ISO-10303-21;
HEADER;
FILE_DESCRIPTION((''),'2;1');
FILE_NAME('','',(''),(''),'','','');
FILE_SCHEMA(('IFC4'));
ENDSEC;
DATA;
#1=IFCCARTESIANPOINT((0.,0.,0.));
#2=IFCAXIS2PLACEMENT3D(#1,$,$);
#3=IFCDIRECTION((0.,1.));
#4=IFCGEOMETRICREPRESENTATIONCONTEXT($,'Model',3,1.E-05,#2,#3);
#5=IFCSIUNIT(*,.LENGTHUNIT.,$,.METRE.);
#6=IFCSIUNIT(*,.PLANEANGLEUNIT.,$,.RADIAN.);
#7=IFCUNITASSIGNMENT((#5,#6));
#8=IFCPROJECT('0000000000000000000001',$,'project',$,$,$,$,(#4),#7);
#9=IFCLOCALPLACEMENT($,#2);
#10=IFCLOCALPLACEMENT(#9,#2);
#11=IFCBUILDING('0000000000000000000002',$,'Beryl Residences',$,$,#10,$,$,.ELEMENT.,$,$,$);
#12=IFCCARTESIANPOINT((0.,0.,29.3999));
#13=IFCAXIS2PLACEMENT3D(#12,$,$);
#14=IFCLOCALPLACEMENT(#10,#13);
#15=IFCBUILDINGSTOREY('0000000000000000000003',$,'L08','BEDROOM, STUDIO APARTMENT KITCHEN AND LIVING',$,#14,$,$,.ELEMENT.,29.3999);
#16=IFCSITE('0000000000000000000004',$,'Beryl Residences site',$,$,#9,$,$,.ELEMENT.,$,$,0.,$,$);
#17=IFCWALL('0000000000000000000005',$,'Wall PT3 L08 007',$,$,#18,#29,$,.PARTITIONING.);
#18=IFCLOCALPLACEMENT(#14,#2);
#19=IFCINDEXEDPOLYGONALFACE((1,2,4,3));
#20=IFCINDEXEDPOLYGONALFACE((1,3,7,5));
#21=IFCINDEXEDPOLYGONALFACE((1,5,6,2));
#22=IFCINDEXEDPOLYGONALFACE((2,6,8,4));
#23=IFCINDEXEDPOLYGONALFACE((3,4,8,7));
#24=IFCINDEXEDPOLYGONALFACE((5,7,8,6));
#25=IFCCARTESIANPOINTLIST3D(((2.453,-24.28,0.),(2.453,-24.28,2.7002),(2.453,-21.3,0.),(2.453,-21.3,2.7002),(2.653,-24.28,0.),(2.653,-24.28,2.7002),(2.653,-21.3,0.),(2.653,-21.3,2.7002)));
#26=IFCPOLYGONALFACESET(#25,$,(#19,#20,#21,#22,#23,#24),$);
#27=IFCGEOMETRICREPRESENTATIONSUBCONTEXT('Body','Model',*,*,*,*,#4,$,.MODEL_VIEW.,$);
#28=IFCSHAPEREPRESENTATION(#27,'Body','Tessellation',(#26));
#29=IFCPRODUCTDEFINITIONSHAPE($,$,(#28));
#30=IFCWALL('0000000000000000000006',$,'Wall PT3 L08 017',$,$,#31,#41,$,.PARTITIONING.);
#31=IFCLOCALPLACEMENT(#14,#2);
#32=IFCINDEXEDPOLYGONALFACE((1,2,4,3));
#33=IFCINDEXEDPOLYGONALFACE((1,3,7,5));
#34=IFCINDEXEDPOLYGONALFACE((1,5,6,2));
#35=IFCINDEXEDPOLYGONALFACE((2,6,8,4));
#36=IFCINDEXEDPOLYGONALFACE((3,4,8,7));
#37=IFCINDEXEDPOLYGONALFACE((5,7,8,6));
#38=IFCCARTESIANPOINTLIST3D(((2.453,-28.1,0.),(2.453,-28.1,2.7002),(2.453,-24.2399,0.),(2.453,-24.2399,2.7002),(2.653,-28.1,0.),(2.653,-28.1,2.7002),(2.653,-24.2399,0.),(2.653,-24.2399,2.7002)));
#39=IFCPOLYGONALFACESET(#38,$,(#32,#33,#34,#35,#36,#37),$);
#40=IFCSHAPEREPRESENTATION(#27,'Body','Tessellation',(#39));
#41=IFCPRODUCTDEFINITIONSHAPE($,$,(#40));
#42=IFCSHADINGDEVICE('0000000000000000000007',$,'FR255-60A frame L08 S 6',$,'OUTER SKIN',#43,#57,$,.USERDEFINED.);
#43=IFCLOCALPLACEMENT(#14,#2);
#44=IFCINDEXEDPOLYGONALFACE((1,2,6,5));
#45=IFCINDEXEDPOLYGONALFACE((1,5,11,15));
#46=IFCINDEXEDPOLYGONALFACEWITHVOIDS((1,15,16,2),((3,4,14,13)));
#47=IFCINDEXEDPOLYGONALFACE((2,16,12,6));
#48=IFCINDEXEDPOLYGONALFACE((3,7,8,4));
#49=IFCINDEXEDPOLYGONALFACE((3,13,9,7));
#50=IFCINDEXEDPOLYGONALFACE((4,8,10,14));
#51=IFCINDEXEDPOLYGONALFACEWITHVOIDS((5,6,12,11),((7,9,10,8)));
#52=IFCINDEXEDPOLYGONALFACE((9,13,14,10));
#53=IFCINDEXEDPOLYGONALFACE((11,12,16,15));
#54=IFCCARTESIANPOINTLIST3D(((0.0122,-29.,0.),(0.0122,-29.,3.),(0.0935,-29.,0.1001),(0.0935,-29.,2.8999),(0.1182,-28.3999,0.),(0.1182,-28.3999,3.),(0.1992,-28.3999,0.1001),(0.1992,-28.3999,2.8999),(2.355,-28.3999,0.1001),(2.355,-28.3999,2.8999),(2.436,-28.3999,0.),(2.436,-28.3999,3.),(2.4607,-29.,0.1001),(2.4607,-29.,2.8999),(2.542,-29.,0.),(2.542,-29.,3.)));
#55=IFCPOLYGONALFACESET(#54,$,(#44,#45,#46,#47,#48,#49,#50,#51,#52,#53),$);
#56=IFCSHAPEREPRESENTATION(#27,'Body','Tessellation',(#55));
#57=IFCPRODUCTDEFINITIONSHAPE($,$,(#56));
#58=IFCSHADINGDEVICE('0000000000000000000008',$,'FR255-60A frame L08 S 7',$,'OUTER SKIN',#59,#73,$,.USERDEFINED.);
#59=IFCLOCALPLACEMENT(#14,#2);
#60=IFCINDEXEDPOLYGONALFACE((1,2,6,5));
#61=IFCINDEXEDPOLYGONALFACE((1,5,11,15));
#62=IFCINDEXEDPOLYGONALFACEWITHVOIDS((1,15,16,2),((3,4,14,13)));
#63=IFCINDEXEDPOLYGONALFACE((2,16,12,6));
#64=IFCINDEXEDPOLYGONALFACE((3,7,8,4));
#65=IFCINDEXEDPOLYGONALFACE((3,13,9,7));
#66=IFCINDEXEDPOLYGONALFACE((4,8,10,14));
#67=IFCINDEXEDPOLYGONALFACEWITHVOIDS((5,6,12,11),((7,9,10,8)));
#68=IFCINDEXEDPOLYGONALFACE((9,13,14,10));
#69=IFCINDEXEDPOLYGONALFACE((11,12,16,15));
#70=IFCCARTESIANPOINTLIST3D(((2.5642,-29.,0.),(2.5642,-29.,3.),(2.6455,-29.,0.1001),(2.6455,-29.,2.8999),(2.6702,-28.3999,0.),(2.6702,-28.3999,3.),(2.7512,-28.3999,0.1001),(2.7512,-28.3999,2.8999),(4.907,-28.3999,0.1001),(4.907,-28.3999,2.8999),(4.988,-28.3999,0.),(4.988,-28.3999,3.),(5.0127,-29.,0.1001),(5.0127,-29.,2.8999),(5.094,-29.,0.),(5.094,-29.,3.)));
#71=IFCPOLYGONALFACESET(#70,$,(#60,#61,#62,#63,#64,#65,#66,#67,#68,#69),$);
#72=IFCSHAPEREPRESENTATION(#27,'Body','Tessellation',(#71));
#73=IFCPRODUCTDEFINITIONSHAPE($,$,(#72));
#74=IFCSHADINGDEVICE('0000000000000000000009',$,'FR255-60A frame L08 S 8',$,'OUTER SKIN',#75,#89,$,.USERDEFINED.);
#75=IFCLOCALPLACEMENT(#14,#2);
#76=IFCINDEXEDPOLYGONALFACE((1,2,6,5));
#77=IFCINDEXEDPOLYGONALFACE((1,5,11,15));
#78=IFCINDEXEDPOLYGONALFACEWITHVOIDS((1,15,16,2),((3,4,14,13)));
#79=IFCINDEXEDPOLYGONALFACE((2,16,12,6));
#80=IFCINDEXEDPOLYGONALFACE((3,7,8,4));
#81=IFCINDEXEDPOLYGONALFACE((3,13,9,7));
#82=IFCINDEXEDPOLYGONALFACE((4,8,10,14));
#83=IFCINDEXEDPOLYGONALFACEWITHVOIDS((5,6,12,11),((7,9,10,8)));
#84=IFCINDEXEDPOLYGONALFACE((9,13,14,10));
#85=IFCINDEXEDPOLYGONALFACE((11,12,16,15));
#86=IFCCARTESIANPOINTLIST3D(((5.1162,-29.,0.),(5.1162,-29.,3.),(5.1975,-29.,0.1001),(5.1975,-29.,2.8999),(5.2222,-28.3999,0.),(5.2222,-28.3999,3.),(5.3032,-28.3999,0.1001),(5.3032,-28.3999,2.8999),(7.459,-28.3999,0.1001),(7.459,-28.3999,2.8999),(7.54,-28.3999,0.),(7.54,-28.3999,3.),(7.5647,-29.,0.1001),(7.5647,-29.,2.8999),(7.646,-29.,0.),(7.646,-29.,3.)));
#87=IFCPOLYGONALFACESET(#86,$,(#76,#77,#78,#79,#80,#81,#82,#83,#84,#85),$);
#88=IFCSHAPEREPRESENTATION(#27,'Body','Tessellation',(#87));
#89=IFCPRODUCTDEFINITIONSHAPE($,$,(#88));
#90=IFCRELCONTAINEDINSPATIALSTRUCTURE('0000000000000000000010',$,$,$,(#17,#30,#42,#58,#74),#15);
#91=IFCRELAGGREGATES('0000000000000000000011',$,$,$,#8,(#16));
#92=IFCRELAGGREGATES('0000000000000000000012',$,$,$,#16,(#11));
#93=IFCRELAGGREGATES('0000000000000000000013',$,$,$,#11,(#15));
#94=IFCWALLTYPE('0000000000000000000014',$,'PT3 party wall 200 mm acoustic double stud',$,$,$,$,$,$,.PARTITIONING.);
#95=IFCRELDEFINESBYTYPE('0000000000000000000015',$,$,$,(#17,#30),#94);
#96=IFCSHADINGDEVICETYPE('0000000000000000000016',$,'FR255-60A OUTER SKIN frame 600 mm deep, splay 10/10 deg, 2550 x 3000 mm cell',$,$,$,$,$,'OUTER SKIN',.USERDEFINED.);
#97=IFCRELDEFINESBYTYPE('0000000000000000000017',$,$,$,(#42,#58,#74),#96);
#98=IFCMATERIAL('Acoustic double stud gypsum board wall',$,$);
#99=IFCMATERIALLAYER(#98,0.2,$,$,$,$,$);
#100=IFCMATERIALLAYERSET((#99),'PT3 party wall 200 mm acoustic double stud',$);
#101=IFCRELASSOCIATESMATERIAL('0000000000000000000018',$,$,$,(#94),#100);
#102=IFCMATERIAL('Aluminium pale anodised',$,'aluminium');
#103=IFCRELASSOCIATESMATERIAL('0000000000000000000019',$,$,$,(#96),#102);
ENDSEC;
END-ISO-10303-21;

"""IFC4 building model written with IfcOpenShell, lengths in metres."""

from ifc_helpers import new_model, entity, si_unit, direction, frame, frame_2d, origin, place, context, subcontext, project, spatial, rectangle, extrude, source, transform, mapped, material, layer, layer_set, type_object, type_shapes, element, save


model = new_model("IFC4")

# Units and contexts
model_context = context("Model", 3, precision=1e-05, world=origin(), true_north=direction((0.0, 1.0)))
body_context = subcontext(model_context, "Body", "Model", "MODEL_VIEW")
ifc_project = project(units=[si_unit("LENGTHUNIT", "METRE"), si_unit("PLANEANGLEUNIT", "RADIAN")], contexts=[model_context])

# Site, building, storey
site_placement = place(None, origin())
site = spatial("IfcSite", under=ifc_project, at=site_placement, Name="Beryl Residences site", CompositionType="ELEMENT", RefElevation=0.0)
building_placement = place(site_placement, origin())
building = spatial("IfcBuilding", under=site, at=building_placement, Name="Beryl Residences", CompositionType="ELEMENT")
storey_placement = place(building_placement, frame((0.0, 0.0, 29.3999)))
storey = spatial("IfcBuildingStorey", under=building, at=storey_placement, Name="L08", Description="BEDROOM, STUDIO APARTMENT KITCHEN AND LIVING", CompositionType="ELEMENT", Elevation=29.3999)

# Walls
ifc_material_1 = material(Name="Acoustic double stud gypsum board wall")
ifc_layer_1 = layer(ifc_material_1, 0.2)
ifc_layer_set_1 = layer_set([ifc_layer_1], Name="PT3 party wall 200 mm acoustic double stud")
wall_type_1 = type_object("IfcWallType", Name="PT3 party wall 200 mm acoustic double stud", PredefinedType="PARTITIONING", material=ifc_layer_set_1)
wall_1_placement = place(storey_placement, frame((2.553, -21.3, 0.0), z_axis=(0.0, 0.0, 1.0), x_axis=(0.0, -1.0, 0.0)))
element("IfcWall", 1, at=wall_1_placement, inside=storey, type_object=wall_type_1, Name="Wall PT3 L08 007", PredefinedType="PARTITIONING", context=body_context, shape_type="SweptSolid", body=[
    extrude(rectangle(XDim=2.98, YDim=0.2, at=frame_2d((1.49, 0.0))), origin(), (0.0, 0.0, 1.0), 2.7002),
])
wall_2_placement = place(storey_placement, frame((2.553, -28.1001, 0.0), z_axis=(0.0, 0.0, 1.0), x_axis=(0.0, 1.0, 0.0)))
element("IfcWall", 2, at=wall_2_placement, inside=storey, type_object=wall_type_1, Name="Wall PT3 L08 017", PredefinedType="PARTITIONING", context=body_context, shape_type="SweptSolid", body=[
    extrude(rectangle(XDim=3.8601, YDim=0.2, at=frame_2d((1.9302, 0.0))), origin(), (0.0, 0.0, 1.0), 2.7002),
])

# Shading devices
ifc_material_2 = material(Name="Aluminium pale anodised", Category="aluminium")
shading_device_type = type_object("IfcShadingDeviceType", Name="FR255-60A OUTER SKIN frame 600 mm deep, splay 10/10 deg, 2550 x 3000 mm cell", ElementType="OUTER SKIN", PredefinedType="USERDEFINED", material=ifc_material_2)
cartesian_point_1 = entity("IfcCartesianPoint", [-1.1589, 0.0])
cartesian_point_2 = entity("IfcCartesianPoint", [-1.0779, 0.1001])
cartesian_point_3 = entity("IfcCartesianPoint", [-1.2649, 0.0])
cartesian_point_4 = entity("IfcCartesianPoint", [-1.1836, 0.1001])
shared_shape = source(origin(), body_context, "Body", "SweptSolid", [
    entity("IfcExtrudedAreaSolidTapered", entity("IfcArbitraryProfileDefWithVoids", "AREA", None, entity("IfcPolyline", [cartesian_point_1, entity("IfcCartesianPoint", [1.1589, 0.0]), entity("IfcCartesianPoint", [1.1589, 3.0]), entity("IfcCartesianPoint", [-1.1589, 3.0]), cartesian_point_1]), [entity("IfcPolyline", [cartesian_point_2, entity("IfcCartesianPoint", [1.0779, 0.1001]), entity("IfcCartesianPoint", [1.0779, 2.8999]), entity("IfcCartesianPoint", [-1.0779, 2.8999]), cartesian_point_2])]), entity("IfcAxis2Placement3D", entity("IfcCartesianPoint", [0.0, 0.0, 0.0]), entity("IfcDirection", [0.0, 1.0, 0.0]), entity("IfcDirection", [-1.0, 0.0, 0.0])), entity("IfcDirection", [0.0, 0.0, 1.0]), 0.6001, entity("IfcArbitraryProfileDefWithVoids", "AREA", None, entity("IfcPolyline", [cartesian_point_3, entity("IfcCartesianPoint", [1.2649, 0.0]), entity("IfcCartesianPoint", [1.2649, 3.0]), entity("IfcCartesianPoint", [-1.2649, 3.0]), cartesian_point_3]), [entity("IfcPolyline", [cartesian_point_4, entity("IfcCartesianPoint", [1.1836, 0.1001]), entity("IfcCartesianPoint", [1.1836, 2.8999]), entity("IfcCartesianPoint", [-1.1836, 2.8999]), cartesian_point_4])])),
])
type_shapes(shading_device_type, [shared_shape])
for number, where, z_axis, x_axis, name in (
    (3, (1.2771, -28.3999, 0.0), (0.0, 0.0, 1.0), (-1.0, 0.0, 0.0), "FR255-60A frame L08 S 6"),
    (4, (3.8291, -28.3999, 0.0), (0.0, 0.0, 1.0), (-1.0, 0.0, 0.0), "FR255-60A frame L08 S 7"),
    (5, (6.3811, -28.3999, 0.0), (0.0, 0.0, 1.0), (-1.0, 0.0, 0.0), "FR255-60A frame L08 S 8"),
):
    element("IfcShadingDevice", number, at=place(storey_placement, frame(where, z_axis=z_axis, x_axis=x_axis)), inside=storey, type_object=shading_device_type, Name=name, ObjectType="OUTER SKIN", PredefinedType="USERDEFINED", context=body_context, shape_type="MappedRepresentation", body=[
        mapped(shared_shape, transform((0.0, 0.0, 0.0))),
    ])

save(model, "model.ifc")
